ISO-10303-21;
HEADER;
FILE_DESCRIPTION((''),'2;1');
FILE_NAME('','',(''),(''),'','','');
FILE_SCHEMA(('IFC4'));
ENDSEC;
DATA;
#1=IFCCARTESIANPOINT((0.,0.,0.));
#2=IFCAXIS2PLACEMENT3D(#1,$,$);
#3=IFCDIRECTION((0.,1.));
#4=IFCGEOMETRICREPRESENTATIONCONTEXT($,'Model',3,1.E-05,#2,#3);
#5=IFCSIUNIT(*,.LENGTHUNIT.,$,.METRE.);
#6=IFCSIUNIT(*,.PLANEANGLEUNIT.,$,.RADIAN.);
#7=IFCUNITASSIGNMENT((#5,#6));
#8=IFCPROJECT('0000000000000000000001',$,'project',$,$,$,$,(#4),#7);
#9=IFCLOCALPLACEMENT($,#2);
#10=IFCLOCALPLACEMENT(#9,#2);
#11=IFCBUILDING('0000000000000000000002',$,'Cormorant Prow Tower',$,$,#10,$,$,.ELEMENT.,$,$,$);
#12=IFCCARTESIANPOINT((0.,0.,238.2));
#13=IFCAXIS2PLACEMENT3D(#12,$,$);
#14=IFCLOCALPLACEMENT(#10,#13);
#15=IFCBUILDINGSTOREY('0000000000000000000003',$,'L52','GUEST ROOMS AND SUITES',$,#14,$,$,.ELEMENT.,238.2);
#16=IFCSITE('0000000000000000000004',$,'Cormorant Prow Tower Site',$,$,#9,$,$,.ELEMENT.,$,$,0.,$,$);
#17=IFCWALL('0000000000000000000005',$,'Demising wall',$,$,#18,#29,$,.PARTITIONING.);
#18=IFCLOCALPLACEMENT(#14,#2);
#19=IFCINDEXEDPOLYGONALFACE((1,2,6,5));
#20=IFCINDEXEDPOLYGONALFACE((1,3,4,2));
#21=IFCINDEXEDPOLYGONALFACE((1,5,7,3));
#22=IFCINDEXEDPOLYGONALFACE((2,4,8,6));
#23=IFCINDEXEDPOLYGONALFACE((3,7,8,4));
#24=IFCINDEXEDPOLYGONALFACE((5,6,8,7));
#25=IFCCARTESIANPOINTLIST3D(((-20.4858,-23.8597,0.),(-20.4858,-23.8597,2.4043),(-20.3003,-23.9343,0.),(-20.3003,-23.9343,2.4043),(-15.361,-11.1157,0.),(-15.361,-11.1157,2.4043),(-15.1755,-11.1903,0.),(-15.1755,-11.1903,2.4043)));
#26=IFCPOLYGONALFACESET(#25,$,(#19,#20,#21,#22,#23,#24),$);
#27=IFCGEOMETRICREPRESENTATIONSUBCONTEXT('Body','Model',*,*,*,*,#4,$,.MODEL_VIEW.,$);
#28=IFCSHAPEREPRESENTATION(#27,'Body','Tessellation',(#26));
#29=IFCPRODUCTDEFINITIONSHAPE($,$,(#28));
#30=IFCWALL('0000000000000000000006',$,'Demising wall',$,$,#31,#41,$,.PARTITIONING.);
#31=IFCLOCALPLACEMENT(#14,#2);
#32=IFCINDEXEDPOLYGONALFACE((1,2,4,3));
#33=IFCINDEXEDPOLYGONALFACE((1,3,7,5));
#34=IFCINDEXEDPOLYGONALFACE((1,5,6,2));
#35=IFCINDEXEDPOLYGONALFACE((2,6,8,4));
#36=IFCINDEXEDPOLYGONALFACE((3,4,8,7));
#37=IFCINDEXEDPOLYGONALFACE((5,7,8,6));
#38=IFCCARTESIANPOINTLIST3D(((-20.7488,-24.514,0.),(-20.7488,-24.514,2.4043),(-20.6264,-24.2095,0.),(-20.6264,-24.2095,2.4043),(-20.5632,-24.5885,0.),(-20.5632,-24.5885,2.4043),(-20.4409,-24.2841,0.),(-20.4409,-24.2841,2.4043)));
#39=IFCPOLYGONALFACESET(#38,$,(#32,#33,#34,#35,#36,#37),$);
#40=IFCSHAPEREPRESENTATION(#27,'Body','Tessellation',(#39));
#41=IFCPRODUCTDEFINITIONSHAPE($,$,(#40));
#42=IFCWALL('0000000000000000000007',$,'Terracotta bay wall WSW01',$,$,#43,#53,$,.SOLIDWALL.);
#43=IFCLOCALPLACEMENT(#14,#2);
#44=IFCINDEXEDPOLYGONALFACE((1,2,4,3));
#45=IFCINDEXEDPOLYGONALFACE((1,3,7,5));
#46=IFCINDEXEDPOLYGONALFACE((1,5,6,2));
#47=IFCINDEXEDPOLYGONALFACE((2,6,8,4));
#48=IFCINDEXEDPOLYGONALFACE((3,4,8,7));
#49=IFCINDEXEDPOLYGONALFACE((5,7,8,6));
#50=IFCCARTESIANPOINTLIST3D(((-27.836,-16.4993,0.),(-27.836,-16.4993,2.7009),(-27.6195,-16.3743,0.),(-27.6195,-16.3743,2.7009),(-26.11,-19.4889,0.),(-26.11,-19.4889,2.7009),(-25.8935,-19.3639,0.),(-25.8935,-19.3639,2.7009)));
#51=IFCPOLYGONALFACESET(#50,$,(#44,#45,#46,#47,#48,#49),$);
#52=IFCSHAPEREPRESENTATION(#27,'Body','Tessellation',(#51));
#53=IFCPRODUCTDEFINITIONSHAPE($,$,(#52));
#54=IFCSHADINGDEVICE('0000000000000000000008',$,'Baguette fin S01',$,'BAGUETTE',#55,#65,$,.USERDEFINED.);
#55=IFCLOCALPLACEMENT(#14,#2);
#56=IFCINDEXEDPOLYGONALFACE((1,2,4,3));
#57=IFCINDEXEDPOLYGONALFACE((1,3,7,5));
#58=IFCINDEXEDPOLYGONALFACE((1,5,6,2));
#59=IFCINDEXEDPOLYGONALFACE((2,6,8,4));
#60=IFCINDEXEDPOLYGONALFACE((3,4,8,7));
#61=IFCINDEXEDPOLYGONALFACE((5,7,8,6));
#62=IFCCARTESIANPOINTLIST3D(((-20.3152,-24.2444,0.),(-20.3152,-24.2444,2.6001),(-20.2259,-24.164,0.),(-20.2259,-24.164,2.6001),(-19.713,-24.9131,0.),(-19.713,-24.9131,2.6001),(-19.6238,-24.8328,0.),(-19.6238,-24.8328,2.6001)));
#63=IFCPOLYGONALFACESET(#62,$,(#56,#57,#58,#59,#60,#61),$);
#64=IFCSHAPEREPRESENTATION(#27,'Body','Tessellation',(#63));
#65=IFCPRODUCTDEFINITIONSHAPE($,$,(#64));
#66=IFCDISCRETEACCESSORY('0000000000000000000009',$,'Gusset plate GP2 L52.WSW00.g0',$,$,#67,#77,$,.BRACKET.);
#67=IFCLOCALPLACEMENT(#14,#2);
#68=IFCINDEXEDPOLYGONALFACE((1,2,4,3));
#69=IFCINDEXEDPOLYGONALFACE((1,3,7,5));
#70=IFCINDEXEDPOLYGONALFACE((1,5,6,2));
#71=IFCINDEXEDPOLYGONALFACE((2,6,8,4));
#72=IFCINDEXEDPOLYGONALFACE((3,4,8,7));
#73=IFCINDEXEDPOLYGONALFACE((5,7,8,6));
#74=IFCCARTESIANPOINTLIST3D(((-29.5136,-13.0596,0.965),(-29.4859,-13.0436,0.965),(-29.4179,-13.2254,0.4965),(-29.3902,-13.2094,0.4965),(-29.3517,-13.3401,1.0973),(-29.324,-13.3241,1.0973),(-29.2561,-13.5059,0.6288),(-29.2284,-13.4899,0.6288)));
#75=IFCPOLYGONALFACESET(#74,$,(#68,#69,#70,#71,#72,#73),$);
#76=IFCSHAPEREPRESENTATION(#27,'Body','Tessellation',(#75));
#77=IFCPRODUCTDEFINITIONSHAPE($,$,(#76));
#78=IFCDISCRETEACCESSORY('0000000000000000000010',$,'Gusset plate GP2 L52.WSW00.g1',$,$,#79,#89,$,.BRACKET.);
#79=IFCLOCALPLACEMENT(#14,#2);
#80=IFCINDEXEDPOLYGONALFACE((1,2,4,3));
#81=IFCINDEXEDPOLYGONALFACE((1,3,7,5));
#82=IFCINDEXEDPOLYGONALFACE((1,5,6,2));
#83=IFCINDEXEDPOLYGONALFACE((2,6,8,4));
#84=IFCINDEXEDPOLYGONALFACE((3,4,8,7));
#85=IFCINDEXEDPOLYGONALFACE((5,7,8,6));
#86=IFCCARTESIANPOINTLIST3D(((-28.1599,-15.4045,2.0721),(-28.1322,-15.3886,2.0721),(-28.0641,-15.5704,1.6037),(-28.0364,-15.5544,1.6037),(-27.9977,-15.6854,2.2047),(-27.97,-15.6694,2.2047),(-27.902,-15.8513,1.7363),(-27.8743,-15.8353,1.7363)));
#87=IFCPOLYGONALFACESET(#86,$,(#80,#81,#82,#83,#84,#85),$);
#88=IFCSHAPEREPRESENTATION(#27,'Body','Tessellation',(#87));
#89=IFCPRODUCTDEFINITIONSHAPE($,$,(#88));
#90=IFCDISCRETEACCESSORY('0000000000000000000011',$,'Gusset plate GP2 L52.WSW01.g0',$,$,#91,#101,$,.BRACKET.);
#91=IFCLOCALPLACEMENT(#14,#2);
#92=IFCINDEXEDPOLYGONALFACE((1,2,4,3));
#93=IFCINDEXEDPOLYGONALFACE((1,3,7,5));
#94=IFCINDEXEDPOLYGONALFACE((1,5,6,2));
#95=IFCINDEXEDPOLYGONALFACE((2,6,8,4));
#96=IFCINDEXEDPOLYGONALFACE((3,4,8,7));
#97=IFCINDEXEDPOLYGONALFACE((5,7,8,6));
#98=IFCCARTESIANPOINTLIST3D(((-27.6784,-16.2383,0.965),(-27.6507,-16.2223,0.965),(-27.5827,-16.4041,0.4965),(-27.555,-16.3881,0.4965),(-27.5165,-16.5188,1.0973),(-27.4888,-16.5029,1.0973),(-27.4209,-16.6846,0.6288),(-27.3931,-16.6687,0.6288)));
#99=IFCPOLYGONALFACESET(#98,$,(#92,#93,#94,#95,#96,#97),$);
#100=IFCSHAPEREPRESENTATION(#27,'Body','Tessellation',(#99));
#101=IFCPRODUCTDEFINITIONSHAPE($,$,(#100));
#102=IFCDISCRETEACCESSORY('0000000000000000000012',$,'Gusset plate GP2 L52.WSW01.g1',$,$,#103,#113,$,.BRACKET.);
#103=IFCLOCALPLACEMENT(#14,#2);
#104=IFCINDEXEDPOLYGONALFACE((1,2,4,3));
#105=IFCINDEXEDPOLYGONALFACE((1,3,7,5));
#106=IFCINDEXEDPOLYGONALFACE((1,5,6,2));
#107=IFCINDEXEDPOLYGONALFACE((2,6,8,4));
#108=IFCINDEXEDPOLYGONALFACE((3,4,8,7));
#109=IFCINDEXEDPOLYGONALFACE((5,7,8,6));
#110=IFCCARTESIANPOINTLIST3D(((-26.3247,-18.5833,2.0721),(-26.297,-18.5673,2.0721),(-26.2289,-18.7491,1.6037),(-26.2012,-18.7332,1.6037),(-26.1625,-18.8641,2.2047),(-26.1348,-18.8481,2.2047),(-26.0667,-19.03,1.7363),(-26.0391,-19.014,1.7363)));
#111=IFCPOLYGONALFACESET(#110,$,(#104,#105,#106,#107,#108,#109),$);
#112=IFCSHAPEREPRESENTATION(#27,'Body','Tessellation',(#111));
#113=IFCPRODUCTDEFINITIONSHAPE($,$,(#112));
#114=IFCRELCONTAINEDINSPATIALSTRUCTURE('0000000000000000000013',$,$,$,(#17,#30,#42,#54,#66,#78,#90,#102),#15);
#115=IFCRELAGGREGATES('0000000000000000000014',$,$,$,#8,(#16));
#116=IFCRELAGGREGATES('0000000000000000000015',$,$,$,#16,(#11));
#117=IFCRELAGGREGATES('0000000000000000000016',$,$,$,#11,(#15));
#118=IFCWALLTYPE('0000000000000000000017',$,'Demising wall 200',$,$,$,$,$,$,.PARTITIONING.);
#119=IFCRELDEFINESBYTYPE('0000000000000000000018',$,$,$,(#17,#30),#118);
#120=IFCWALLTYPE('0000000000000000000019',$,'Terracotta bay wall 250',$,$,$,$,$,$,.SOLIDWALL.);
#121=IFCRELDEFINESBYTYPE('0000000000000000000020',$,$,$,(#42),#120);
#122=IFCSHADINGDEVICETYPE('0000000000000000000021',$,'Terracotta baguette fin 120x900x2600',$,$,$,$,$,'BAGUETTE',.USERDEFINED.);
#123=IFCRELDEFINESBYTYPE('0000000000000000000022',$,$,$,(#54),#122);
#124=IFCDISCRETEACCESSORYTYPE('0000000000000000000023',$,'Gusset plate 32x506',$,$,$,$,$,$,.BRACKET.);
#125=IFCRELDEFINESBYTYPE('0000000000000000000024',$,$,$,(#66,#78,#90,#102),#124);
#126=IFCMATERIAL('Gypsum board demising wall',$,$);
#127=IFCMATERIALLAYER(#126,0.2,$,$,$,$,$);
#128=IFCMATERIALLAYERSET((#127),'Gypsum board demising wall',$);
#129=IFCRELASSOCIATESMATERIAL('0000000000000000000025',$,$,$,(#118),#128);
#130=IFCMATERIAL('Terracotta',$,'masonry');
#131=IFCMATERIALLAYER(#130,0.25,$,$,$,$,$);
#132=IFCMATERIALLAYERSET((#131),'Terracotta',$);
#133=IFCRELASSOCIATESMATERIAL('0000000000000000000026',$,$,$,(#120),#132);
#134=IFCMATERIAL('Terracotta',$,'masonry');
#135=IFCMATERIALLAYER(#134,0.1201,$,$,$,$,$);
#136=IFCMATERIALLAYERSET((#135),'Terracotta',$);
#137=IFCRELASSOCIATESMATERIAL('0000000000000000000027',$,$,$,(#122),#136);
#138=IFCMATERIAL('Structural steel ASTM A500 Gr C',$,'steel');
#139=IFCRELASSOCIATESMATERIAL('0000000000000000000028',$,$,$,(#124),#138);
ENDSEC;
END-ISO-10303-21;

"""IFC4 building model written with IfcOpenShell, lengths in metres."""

from ifc_helpers import new_model, si_unit, direction, frame, frame_2d, origin, origin_2d, place, context, subcontext, project, spatial, rectangle, extrude, material, layer, layer_set, material_profile, profile_set, type_object, element, save


model = new_model("IFC4")

# Units and contexts
model_context = context("Model", 3, precision=1e-05, world=origin(), true_north=direction((0.0, 1.0)))
body_context = subcontext(model_context, "Body", "Model", "MODEL_VIEW")
ifc_project = project(units=[si_unit("LENGTHUNIT", "METRE"), si_unit("PLANEANGLEUNIT", "RADIAN")], contexts=[model_context])

# Site, building, storey
site_placement = place(None, origin())
site = spatial("IfcSite", under=ifc_project, at=site_placement, Name="Cormorant Prow Tower Site", CompositionType="ELEMENT", RefElevation=0.0)
building_placement = place(site_placement, origin())
building = spatial("IfcBuilding", under=site, at=building_placement, Name="Cormorant Prow Tower", CompositionType="ELEMENT")
storey_placement = place(building_placement, frame((0.0, 0.0, 238.2)))
storey = spatial("IfcBuildingStorey", under=building, at=storey_placement, Name="L52", Description="GUEST ROOMS AND SUITES", CompositionType="ELEMENT", Elevation=238.2)

# Walls
ifc_material_1 = material(Name="Gypsum board demising wall")
ifc_layer_1 = layer(ifc_material_1, 0.2)
ifc_layer_set_1 = layer_set([ifc_layer_1], Name="Gypsum board demising wall")
wall_type_1 = type_object("IfcWallType", Name="Demising wall 200", PredefinedType="PARTITIONING", material=ifc_layer_set_1)
wall_1_placement = place(storey_placement, frame((-20.3931, -23.897, 0.0), z_axis=(0.0, 0.0, 1.0), x_axis=(0.373097, 0.927792, 0.0)))
element("IfcWall", 1, at=wall_1_placement, inside=storey, type_object=wall_type_1, Name="Demising wall", PredefinedType="PARTITIONING", context=body_context, shape_type="SweptSolid", body=[
    extrude(rectangle(XDim=13.7358, YDim=0.2, at=frame_2d((6.8679, 0.0))), origin(), (0.0, 0.0, 1.0), 2.4043),
])
wall_2_placement = place(storey_placement, frame((-20.656, -24.5513, 0.0), z_axis=(0.0, 0.0, 1.0), x_axis=(0.372801, 0.927911, 0.0)))
element("IfcWall", 2, at=wall_2_placement, inside=storey, type_object=wall_type_1, Name="Demising wall", PredefinedType="PARTITIONING", context=body_context, shape_type="SweptSolid", body=[
    extrude(rectangle(XDim=0.3281, YDim=0.2, at=frame_2d((0.1641, 0.0))), origin(), (0.0, 0.0, 1.0), 2.4043),
])
ifc_material_2 = material(Name="Terracotta", Category="masonry")
ifc_layer_2 = layer(ifc_material_2, 0.25)
ifc_layer_set_2 = layer_set([ifc_layer_2], Name="Terracotta")
wall_type_2 = type_object("IfcWallType", Name="Terracotta bay wall 250", PredefinedType="SOLIDWALL", material=ifc_layer_set_2)
wall_3_placement = place(storey_placement, frame((-27.7278, -16.4368, 0.0), z_axis=(0.0, 0.0, 1.0), x_axis=(0.499988, -0.866032, 0.0)))
element("IfcWall", 3, at=wall_3_placement, inside=storey, type_object=wall_type_2, Name="Terracotta bay wall WSW01", PredefinedType="SOLIDWALL", context=body_context, shape_type="SweptSolid", body=[
    extrude(rectangle(XDim=3.4521, YDim=0.25, at=frame_2d((1.7261, 0.0))), origin(), (0.0, 0.0, 1.0), 2.7009),
])

# Shading device
ifc_material_3 = material(Name="Terracotta", Category="masonry")
ifc_layer_3 = layer(ifc_material_3, 0.1201)
ifc_layer_set_3 = layer_set([ifc_layer_3], Name="Terracotta")
shading_device_type = type_object("IfcShadingDeviceType", Name="Terracotta baguette fin 120x900x2600", ElementType="BAGUETTE", PredefinedType="USERDEFINED", material=ifc_layer_set_3)
shading_device_placement = place(storey_placement, frame((-19.9695, -24.5386, 0.0), z_axis=(0.0, 0.0, 1.0), x_axis=(0.743145, 0.669131, 0.0)))
element("IfcShadingDevice", 4, at=shading_device_placement, inside=storey, type_object=shading_device_type, Name="Baguette fin S01", ObjectType="BAGUETTE", PredefinedType="USERDEFINED", context=body_context, shape_type="SweptSolid", body=[
    extrude(rectangle(XDim=0.1201, YDim=0.8999, at=origin_2d()), origin(), (0.0, 0.0, 1.0), 2.6001),
])

# Discrete accessories
ifc_material_4 = material(Name="Structural steel ASTM A500 Gr C", Category="steel")
ifc_material_profile_1 = material_profile(ifc_material_4, rectangle(XDim=0.032, YDim=0.5061, at=origin_2d()), Name="Gusset plate 32x506")
ifc_profile_set_1 = profile_set([ifc_material_profile_1], Name="Structural steel ASTM A500 Gr C")
discrete_accessory_type = type_object("IfcDiscreteAccessoryType", Name="Gusset plate 32x506", PredefinedType="BRACKET", material=ifc_profile_set_1)
discrete_accessory_1_placement = place(storey_placement, frame((-29.29, -13.415, 0.863), z_axis=(-0.462661, 0.801806, -0.378223), x_axis=(-0.866148, -0.499788, 0.0)))
element("IfcDiscreteAccessory", 5, at=discrete_accessory_1_placement, inside=storey, type_object=discrete_accessory_type, Name="Gusset plate GP2 L52.WSW00.g0", PredefinedType="BRACKET", context=body_context, shape_type="SweptSolid", body=[
    extrude(rectangle(XDim=0.032, YDim=0.5061, at=origin_2d()), origin(), (0.0, 0.0, 1.0), 0.3499),
])
discrete_accessory_2_placement = place(storey_placement, frame((-28.0981, -15.4795, 1.8379), z_axis=(0.462828, -0.801584, 0.378487), x_axis=(0.86601, 0.500027, 0.0)))
element("IfcDiscreteAccessory", 6, at=discrete_accessory_2_placement, inside=storey, type_object=discrete_accessory_type, Name="Gusset plate GP2 L52.WSW00.g1", PredefinedType="BRACKET", context=body_context, shape_type="SweptSolid", body=[
    extrude(rectangle(XDim=0.032, YDim=0.5061, at=origin_2d()), origin(), (0.0, 0.0, 1.0), 0.3503),
])
discrete_accessory_3_placement = place(storey_placement, frame((-27.4548, -16.5938, 0.863), z_axis=(-0.462661, 0.801806, -0.378223), x_axis=(-0.866148, -0.499788, 0.0)))
element("IfcDiscreteAccessory", 7, at=discrete_accessory_3_placement, inside=storey, type_object=discrete_accessory_type, Name="Gusset plate GP2 L52.WSW01.g0", PredefinedType="BRACKET", context=body_context, shape_type="SweptSolid", body=[
    extrude(rectangle(XDim=0.032, YDim=0.5061, at=origin_2d()), origin(), (0.0, 0.0, 1.0), 0.3499),
])
discrete_accessory_4_placement = place(storey_placement, frame((-26.2629, -18.6582, 1.8379), z_axis=(0.462828, -0.801584, 0.378487), x_axis=(0.86601, 0.500027, 0.0)))
element("IfcDiscreteAccessory", 8, at=discrete_accessory_4_placement, inside=storey, type_object=discrete_accessory_type, Name="Gusset plate GP2 L52.WSW01.g1", PredefinedType="BRACKET", context=body_context, shape_type="SweptSolid", body=[
    extrude(rectangle(XDim=0.032, YDim=0.5061, at=origin_2d()), origin(), (0.0, 0.0, 1.0), 0.3503),
])

save(model, "model.ifc")
